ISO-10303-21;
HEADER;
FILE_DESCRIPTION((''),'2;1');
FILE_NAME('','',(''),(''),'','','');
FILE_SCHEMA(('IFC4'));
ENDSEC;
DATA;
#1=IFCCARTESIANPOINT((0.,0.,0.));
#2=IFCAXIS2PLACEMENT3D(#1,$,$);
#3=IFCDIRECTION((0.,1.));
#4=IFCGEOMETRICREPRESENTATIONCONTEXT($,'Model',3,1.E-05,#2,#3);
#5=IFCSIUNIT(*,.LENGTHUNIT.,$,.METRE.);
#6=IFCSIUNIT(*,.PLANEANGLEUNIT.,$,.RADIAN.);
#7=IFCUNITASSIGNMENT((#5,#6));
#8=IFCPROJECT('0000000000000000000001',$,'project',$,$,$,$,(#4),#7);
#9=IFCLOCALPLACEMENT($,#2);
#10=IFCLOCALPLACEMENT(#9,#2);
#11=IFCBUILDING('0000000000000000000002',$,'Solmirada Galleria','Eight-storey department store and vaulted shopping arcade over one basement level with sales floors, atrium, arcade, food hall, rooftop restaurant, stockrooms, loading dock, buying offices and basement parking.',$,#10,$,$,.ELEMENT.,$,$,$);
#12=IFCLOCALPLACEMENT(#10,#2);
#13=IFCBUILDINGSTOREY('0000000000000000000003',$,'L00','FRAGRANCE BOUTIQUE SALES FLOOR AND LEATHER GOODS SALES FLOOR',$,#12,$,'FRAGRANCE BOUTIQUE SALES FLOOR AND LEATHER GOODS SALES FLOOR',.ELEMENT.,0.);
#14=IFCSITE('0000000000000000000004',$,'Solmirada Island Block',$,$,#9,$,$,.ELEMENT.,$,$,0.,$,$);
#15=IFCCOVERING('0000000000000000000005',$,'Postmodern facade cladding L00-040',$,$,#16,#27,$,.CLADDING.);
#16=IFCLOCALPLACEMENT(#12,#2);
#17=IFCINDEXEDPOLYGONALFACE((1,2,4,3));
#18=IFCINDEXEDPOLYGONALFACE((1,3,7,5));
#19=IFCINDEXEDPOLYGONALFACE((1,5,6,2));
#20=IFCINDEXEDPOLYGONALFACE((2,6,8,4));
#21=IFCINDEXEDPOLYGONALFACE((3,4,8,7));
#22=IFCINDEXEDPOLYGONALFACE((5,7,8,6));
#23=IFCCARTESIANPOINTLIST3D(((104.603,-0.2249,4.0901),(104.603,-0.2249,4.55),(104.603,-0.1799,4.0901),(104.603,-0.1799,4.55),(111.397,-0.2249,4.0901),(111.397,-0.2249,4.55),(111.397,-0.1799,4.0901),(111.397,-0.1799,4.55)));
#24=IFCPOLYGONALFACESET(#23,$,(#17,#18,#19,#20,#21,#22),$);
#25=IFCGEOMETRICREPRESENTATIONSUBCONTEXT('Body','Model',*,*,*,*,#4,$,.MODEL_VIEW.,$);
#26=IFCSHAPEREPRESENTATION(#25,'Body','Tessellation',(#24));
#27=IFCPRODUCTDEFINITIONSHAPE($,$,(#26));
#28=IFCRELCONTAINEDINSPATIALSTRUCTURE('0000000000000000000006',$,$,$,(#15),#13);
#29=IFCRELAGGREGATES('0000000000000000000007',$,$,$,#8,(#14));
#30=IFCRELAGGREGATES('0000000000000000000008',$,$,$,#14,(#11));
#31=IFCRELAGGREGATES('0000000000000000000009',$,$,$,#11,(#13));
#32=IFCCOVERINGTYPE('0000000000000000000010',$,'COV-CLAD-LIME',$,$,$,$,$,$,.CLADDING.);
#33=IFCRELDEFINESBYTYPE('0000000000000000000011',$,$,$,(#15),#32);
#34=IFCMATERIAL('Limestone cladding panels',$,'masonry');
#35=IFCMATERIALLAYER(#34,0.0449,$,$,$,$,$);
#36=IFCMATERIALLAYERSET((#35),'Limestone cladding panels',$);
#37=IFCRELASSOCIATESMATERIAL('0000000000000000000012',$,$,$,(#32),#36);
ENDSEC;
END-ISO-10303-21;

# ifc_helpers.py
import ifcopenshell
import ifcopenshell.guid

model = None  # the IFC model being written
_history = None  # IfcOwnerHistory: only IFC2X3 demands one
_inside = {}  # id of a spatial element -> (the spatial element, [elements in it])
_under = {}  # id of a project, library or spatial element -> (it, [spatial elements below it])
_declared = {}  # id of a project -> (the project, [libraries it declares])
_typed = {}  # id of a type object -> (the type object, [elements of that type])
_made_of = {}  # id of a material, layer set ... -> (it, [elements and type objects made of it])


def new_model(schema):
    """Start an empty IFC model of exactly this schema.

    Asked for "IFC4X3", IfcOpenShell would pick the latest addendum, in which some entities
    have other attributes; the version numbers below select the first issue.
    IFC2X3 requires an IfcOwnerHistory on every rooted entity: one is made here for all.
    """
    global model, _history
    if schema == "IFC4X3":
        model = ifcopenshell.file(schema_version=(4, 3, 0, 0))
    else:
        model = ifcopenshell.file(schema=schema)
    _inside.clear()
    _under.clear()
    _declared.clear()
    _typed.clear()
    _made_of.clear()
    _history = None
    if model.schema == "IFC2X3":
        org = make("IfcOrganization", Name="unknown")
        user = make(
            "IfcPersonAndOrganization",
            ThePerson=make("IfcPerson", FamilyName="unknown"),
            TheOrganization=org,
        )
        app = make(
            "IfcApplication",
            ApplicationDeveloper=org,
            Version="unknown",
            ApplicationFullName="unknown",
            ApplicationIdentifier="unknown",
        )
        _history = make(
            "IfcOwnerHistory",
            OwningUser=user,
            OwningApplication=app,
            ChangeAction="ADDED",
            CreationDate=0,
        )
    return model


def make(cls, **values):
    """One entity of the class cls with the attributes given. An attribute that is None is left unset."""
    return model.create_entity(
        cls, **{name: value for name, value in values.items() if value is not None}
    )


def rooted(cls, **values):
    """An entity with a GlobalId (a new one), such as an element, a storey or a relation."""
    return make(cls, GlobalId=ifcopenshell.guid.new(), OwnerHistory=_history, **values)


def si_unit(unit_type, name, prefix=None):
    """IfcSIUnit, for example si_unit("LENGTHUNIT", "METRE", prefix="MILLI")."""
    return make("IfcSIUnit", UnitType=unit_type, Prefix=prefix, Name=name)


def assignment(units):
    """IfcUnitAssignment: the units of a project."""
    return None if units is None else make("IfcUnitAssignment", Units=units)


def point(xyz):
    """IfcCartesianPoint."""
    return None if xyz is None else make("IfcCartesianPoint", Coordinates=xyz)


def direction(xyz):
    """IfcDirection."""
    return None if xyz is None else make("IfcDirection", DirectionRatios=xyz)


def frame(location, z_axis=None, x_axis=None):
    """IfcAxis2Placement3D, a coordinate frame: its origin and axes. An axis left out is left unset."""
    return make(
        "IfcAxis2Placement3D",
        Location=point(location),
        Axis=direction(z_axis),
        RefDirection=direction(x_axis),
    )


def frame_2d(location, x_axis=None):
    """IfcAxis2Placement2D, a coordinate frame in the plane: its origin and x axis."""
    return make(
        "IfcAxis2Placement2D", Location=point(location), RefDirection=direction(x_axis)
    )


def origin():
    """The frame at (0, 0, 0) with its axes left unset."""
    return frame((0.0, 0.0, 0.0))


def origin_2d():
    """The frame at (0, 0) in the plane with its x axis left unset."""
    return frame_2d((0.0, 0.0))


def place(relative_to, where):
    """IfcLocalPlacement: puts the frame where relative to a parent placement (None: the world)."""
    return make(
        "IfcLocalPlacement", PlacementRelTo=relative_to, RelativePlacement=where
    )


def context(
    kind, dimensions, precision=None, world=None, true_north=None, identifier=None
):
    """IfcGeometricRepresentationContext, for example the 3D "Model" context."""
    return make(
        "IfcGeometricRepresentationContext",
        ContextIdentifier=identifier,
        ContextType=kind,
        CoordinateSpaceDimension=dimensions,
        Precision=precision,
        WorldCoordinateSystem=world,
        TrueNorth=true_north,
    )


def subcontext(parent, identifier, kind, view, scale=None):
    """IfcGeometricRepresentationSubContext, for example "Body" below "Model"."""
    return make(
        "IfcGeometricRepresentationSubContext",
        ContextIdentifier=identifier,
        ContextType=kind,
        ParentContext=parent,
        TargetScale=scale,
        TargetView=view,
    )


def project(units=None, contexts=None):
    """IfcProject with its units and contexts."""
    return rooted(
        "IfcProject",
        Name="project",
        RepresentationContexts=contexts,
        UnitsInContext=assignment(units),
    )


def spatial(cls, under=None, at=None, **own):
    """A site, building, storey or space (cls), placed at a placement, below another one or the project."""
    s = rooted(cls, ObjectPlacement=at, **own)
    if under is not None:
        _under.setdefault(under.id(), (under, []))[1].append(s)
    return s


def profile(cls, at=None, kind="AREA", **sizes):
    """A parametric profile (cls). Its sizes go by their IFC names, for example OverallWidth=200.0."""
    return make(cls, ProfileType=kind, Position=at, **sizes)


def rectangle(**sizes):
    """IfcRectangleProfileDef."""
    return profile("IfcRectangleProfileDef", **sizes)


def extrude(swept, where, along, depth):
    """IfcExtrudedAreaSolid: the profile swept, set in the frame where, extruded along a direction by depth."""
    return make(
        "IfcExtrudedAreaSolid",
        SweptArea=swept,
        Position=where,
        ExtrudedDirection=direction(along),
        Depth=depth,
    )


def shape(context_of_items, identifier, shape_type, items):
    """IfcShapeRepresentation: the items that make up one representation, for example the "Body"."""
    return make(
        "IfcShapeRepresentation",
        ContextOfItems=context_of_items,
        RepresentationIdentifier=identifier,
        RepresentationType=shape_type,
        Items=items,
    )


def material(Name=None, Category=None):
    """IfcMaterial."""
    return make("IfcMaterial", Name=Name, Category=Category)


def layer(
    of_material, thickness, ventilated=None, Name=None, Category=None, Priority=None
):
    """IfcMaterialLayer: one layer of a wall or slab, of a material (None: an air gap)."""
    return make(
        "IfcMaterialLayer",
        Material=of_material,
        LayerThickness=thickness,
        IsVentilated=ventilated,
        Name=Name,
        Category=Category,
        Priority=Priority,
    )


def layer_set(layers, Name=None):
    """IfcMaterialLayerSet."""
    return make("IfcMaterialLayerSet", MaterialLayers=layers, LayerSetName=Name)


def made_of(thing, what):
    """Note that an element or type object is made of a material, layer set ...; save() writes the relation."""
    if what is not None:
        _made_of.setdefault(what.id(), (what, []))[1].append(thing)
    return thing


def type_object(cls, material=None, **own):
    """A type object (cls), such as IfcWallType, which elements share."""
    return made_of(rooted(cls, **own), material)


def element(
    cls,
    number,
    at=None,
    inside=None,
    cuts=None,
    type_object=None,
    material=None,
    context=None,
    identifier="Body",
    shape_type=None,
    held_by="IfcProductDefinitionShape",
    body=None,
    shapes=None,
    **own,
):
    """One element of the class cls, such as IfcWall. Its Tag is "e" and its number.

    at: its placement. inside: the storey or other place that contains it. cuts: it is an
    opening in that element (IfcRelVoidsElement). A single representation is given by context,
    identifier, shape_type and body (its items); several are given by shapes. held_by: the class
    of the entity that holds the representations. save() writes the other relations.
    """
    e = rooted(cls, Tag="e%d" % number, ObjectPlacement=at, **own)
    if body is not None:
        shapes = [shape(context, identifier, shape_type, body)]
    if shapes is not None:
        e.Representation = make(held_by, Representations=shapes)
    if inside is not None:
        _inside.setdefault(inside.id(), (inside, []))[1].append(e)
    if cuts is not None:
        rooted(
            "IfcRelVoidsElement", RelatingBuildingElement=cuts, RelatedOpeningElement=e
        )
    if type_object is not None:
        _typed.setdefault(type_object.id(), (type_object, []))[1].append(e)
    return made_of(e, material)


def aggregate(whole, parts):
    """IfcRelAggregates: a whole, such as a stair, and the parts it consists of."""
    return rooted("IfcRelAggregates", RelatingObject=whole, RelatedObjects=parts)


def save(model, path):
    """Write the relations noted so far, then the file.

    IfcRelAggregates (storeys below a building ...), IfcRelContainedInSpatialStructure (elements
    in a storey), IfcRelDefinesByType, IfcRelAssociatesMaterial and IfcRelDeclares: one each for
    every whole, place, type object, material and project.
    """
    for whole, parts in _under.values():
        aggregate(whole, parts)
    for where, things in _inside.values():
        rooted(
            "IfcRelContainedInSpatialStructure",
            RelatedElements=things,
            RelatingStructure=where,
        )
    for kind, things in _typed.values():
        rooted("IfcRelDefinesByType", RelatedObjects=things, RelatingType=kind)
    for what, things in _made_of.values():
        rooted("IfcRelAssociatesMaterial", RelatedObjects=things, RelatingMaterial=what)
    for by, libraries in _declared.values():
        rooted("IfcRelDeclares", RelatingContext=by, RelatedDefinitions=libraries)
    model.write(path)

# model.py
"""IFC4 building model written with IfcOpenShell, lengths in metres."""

from ifc_helpers import new_model, si_unit, direction, frame, origin, origin_2d, place, context, subcontext, project, spatial, rectangle, extrude, material, layer, layer_set, type_object, element, save


model = new_model("IFC4")

# Units and contexts
model_context = context("Model", 3, precision=1e-05, world=origin(), true_north=direction((0.0, 1.0)))
body_context = subcontext(model_context, "Body", "Model", "MODEL_VIEW")
ifc_project = project(units=[si_unit("LENGTHUNIT", "METRE"), si_unit("PLANEANGLEUNIT", "RADIAN")], contexts=[model_context])

# Site, building, storey
site_placement = place(None, origin())
site = spatial("IfcSite", under=ifc_project, at=site_placement, Name="Solmirada Island Block", CompositionType="ELEMENT", RefElevation=0.0)
building_placement = place(site_placement, origin())
building = spatial("IfcBuilding", under=site, at=building_placement, Name="Solmirada Galleria", Description="Eight-storey department store and vaulted shopping arcade over one basement level with sales floors, atrium, arcade, food hall, rooftop restaurant, stockrooms, loading dock, buying offices and basement parking.", CompositionType="ELEMENT")
storey_placement = place(building_placement, origin())
storey = spatial("IfcBuildingStorey", under=building, at=storey_placement, Name="L00", Description="FRAGRANCE BOUTIQUE SALES FLOOR AND LEATHER GOODS SALES FLOOR", LongName="FRAGRANCE BOUTIQUE SALES FLOOR AND LEATHER GOODS SALES FLOOR", CompositionType="ELEMENT", Elevation=0.0)

# Covering
ifc_material_1 = material(Name="Limestone cladding panels", Category="masonry")
ifc_layer_1 = layer(ifc_material_1, 0.0449)
ifc_layer_set_1 = layer_set([ifc_layer_1], Name="Limestone cladding panels")
covering_type = type_object("IfcCoveringType", Name="COV-CLAD-LIME", PredefinedType="CLADDING", material=ifc_layer_set_1)
covering_placement = place(storey_placement, frame((108.0, -0.2024, 4.0901), z_axis=(0.0, 0.0, 1.0), x_axis=(-1.0, 0.0, 0.0)))
element("IfcCovering", 1, at=covering_placement, inside=storey, type_object=covering_type, Name="Postmodern facade cladding L00-040", PredefinedType="CLADDING", context=body_context, shape_type="SweptSolid", body=[
    extrude(rectangle(XDim=6.7939, YDim=0.0449, at=origin_2d()), origin(), (0.0, 0.0, 1.0), 0.46),
])

save(model, "model.ifc")
